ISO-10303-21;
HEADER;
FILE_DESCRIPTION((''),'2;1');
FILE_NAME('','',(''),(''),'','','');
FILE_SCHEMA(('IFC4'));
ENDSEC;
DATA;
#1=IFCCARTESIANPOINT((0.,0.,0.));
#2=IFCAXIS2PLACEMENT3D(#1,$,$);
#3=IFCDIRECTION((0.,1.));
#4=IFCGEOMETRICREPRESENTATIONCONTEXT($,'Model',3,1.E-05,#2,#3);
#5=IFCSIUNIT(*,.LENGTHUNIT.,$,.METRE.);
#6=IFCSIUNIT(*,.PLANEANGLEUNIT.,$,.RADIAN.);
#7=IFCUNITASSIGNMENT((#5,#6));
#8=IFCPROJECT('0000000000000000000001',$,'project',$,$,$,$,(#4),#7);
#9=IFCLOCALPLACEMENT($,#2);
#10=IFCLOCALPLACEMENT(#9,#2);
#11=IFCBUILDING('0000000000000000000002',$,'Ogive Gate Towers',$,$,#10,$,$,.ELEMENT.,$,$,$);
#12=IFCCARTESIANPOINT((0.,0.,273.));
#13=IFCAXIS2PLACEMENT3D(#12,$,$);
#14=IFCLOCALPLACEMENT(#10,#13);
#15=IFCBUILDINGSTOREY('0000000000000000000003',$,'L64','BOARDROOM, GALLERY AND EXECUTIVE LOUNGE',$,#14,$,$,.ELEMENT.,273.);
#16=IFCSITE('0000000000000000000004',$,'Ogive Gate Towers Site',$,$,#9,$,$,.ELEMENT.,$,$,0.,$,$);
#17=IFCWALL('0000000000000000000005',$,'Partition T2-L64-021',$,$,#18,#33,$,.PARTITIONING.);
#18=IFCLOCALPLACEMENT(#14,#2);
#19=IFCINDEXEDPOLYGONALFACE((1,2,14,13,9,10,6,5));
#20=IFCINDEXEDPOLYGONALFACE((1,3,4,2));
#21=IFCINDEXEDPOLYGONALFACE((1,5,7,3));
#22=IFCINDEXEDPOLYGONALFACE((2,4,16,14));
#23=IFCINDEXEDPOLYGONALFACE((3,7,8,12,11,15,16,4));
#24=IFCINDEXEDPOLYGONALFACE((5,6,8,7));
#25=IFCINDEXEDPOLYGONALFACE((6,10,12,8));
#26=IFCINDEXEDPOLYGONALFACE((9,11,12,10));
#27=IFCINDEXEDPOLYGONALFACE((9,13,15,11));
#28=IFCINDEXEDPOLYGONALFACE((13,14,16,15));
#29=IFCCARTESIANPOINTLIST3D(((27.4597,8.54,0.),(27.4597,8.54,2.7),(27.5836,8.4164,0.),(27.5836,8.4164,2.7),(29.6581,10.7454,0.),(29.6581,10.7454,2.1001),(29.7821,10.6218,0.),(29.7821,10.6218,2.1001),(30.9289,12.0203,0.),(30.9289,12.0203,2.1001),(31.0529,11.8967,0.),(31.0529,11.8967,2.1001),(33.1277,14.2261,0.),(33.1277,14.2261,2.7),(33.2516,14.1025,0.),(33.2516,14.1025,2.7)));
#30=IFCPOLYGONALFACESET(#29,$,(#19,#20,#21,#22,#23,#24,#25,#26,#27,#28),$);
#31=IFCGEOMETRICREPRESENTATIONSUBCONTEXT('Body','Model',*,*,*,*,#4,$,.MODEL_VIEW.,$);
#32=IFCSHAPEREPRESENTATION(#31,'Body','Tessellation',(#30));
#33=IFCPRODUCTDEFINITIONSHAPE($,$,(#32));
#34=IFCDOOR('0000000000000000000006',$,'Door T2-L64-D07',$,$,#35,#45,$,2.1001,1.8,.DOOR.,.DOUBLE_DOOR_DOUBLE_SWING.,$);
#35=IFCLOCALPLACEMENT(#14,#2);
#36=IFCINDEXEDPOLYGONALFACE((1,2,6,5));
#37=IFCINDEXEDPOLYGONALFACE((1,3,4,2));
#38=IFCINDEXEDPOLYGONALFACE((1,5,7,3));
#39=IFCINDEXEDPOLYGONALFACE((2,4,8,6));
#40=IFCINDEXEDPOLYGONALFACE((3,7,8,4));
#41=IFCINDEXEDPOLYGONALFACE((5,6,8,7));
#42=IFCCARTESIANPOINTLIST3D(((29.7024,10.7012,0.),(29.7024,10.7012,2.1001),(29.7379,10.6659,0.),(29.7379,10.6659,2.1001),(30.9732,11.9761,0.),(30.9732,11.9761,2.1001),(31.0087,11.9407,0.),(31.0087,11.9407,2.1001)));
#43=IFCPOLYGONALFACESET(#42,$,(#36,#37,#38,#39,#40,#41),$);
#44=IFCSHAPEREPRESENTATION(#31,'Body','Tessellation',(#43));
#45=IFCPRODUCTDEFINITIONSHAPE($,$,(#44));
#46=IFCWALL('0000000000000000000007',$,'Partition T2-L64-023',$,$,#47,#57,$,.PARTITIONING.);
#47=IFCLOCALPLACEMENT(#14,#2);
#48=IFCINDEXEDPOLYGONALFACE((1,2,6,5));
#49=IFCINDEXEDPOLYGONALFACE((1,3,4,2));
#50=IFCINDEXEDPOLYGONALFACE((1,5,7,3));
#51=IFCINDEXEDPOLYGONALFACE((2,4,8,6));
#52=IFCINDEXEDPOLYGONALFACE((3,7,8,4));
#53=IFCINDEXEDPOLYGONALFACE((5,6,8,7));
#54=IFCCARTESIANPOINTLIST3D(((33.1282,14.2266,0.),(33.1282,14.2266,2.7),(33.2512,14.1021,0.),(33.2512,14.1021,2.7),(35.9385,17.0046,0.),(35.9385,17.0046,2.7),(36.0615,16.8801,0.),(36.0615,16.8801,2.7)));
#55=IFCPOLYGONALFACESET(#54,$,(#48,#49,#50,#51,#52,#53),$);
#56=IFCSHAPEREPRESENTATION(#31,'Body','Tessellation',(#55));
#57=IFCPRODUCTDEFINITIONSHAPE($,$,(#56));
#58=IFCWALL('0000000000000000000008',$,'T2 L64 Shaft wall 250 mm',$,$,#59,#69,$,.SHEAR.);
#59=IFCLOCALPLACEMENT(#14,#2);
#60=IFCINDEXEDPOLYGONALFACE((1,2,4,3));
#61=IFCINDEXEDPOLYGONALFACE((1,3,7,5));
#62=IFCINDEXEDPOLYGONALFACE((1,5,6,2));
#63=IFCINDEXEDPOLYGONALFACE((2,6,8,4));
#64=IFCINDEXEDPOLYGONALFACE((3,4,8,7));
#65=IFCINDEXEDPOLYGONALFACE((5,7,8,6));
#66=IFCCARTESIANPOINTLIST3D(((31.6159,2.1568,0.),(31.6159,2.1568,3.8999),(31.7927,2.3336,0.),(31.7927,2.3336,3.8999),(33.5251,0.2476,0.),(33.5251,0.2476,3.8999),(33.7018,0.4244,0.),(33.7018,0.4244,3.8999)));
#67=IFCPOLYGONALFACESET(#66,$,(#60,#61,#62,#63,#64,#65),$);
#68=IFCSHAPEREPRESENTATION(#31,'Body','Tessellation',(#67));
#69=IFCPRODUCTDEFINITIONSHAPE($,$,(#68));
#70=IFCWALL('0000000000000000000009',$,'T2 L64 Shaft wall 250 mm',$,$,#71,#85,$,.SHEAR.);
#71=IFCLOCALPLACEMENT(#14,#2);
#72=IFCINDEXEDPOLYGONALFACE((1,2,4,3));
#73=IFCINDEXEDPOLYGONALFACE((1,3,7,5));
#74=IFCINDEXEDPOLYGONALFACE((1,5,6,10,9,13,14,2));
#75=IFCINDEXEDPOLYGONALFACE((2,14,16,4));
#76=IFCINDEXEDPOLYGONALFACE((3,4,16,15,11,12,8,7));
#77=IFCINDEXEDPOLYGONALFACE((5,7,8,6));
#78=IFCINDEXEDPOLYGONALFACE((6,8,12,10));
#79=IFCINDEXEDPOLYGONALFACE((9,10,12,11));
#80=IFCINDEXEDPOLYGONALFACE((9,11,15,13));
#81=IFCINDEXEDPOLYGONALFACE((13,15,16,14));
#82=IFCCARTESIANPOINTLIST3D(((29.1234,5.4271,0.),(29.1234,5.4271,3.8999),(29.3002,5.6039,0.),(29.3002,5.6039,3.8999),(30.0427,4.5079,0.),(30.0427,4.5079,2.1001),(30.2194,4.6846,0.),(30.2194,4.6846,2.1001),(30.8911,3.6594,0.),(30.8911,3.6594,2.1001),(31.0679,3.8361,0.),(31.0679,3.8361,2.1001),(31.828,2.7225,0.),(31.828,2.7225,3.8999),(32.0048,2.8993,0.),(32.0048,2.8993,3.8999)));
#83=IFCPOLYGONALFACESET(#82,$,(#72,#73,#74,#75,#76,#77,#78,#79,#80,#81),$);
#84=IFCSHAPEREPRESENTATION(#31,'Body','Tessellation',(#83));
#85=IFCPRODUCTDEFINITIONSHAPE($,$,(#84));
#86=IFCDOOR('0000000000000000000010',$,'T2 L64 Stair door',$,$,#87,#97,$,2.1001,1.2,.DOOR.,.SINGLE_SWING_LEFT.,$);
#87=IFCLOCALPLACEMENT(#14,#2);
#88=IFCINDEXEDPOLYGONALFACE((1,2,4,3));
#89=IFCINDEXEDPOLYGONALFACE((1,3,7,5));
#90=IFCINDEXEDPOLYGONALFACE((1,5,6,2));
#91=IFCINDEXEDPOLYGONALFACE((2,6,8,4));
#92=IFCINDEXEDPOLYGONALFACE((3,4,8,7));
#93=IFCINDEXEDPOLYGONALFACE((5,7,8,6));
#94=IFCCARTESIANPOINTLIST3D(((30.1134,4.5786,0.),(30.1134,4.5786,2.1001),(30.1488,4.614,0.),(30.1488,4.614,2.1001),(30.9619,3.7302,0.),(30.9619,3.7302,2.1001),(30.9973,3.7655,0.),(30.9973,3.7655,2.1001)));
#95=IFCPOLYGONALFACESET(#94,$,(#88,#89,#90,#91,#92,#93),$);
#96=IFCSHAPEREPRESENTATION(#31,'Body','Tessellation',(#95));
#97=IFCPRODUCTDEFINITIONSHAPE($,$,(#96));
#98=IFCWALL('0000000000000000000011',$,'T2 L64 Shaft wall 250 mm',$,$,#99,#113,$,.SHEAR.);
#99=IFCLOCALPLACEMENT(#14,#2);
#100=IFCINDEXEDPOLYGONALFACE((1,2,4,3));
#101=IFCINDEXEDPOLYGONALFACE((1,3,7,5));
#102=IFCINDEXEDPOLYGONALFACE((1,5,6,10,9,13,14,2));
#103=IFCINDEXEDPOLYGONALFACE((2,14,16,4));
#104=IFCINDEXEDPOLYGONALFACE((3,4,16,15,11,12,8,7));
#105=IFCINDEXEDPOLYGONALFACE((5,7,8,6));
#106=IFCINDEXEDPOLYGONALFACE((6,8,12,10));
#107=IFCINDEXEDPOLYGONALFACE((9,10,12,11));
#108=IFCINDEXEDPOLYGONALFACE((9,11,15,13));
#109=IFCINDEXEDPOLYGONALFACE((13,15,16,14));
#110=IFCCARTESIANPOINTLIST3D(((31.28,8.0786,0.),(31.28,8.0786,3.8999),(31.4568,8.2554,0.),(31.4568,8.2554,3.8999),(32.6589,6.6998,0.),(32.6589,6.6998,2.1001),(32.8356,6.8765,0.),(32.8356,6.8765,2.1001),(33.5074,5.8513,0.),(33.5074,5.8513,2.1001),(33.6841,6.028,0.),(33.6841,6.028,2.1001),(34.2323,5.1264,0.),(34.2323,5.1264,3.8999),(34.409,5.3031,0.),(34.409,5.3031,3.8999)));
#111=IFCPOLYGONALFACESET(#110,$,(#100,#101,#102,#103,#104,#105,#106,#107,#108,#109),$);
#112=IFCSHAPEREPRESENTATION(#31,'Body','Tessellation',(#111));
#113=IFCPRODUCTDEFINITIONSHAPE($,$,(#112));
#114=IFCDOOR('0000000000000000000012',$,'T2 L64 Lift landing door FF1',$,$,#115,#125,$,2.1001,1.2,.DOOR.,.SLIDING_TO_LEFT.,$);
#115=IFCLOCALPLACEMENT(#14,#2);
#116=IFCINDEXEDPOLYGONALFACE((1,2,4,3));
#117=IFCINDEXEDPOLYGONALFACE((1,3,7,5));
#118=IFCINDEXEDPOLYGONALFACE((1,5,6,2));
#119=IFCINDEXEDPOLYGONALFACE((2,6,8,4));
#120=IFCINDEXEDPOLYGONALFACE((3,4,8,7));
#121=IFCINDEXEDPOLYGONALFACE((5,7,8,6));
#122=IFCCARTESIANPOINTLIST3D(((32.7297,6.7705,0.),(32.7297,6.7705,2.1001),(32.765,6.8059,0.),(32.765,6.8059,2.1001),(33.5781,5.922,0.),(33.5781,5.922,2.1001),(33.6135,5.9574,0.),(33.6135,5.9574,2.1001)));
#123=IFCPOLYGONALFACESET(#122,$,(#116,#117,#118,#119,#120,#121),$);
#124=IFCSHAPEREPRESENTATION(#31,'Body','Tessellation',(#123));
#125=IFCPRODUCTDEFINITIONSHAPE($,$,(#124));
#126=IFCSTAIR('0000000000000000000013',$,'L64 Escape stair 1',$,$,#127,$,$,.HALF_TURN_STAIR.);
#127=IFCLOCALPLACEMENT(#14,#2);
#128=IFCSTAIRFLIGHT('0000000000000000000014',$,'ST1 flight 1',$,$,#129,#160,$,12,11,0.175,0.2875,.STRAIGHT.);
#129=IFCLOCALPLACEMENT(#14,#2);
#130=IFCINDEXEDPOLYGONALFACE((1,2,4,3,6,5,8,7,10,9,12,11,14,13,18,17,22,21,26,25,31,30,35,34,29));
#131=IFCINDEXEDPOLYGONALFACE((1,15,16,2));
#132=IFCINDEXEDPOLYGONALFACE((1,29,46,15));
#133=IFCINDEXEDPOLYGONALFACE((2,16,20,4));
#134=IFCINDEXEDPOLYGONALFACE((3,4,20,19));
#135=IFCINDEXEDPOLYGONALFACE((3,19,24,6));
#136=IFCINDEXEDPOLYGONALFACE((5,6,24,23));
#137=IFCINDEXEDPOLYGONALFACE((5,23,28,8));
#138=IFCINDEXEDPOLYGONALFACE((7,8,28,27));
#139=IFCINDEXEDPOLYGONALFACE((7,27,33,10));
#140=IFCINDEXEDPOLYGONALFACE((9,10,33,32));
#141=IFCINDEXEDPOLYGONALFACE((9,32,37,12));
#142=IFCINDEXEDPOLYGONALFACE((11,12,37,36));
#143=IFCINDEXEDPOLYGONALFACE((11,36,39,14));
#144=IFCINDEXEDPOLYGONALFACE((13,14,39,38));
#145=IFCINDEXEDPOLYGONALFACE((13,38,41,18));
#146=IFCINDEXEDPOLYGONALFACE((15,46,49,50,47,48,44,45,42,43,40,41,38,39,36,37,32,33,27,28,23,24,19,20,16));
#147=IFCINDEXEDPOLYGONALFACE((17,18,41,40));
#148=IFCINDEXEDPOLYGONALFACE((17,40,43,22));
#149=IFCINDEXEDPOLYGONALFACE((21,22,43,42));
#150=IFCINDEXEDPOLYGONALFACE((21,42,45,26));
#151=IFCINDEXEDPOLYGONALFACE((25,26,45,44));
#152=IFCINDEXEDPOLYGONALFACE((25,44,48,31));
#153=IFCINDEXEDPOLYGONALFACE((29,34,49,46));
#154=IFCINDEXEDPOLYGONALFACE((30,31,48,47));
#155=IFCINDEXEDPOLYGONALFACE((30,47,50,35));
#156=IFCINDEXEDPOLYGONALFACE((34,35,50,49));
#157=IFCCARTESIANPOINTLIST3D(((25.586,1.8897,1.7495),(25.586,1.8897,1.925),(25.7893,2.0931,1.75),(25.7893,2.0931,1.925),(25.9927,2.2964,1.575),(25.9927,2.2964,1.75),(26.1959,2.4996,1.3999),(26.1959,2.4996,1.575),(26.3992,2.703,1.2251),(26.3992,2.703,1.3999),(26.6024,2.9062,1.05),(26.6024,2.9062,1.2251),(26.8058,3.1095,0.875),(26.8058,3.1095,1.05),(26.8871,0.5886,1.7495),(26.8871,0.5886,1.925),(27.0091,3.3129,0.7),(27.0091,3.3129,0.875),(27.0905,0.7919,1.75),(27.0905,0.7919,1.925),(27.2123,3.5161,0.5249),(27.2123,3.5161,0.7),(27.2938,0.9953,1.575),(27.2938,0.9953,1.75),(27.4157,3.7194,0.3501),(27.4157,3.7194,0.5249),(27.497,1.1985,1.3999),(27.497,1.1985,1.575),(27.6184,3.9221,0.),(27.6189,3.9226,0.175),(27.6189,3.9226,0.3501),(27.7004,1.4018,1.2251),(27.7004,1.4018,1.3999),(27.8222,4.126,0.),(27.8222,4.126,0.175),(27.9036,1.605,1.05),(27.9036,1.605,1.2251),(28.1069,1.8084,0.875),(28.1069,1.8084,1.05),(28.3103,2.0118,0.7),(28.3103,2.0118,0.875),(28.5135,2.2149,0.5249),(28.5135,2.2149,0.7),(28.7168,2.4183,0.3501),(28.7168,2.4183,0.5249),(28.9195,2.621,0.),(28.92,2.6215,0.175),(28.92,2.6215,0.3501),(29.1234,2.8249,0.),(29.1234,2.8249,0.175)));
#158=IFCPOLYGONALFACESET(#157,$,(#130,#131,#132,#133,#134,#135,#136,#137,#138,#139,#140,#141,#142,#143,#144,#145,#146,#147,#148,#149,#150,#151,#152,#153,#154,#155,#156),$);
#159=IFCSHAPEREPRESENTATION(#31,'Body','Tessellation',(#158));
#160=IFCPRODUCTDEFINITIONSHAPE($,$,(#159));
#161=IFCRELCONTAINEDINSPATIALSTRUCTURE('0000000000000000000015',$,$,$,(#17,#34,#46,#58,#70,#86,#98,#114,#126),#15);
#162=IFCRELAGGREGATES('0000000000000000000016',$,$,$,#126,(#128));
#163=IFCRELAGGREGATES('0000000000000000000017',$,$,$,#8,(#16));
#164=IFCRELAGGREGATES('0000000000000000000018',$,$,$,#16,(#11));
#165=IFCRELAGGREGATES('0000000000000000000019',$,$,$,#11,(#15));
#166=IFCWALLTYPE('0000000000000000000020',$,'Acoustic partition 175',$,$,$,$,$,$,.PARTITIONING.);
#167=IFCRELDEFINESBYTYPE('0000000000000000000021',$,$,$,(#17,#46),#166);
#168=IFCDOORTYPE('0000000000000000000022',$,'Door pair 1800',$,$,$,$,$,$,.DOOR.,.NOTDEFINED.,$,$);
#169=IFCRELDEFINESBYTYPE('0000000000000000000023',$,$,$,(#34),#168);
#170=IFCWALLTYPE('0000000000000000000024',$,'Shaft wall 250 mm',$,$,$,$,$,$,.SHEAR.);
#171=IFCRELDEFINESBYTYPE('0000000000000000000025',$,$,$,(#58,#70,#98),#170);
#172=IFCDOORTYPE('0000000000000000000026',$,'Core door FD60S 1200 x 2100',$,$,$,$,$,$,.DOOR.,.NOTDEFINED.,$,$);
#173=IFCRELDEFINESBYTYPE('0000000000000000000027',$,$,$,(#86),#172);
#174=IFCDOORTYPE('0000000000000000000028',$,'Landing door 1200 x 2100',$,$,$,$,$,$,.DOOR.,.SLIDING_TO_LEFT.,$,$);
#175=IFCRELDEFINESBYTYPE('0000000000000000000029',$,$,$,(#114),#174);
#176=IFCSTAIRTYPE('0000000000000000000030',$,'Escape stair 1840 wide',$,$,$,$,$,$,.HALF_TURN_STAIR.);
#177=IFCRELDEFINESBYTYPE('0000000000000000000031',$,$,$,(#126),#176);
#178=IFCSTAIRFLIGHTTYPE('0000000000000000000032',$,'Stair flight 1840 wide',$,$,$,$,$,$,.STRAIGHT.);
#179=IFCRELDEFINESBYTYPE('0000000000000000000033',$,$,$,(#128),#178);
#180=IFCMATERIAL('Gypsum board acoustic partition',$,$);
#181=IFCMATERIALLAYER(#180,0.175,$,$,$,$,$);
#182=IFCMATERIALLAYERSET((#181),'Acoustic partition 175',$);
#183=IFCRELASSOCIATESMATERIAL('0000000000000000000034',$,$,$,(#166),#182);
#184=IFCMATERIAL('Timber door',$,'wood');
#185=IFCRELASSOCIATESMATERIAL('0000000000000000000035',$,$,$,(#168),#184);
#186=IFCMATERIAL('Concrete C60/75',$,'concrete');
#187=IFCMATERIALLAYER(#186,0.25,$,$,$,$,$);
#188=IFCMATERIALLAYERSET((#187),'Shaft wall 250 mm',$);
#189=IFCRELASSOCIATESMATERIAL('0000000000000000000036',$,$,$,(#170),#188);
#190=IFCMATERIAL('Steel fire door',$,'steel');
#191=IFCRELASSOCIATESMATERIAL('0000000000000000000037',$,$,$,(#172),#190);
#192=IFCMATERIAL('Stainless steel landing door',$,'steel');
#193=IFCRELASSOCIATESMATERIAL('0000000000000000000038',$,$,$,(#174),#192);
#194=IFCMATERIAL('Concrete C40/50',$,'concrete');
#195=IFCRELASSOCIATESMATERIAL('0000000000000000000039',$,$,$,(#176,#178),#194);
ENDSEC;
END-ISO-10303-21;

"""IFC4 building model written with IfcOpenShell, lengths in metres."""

from ifc_helpers import new_model, si_unit, direction, frame, frame_2d, origin, place, context, subcontext, project, spatial, polyline, rectangle, outline, extrude, material, layer, layer_set, type_object, element, fill, aggregate, save


model = new_model("IFC4")

# Units and contexts
model_context = context("Model", 3, precision=1e-05, world=origin(), true_north=direction((0.0, 1.0)))
body_context = subcontext(model_context, "Body", "Model", "MODEL_VIEW")
ifc_project = project(units=[si_unit("LENGTHUNIT", "METRE"), si_unit("PLANEANGLEUNIT", "RADIAN")], contexts=[model_context])

# Site, building, storey
site_placement = place(None, origin())
site = spatial("IfcSite", under=ifc_project, at=site_placement, Name="Ogive Gate Towers Site", CompositionType="ELEMENT", RefElevation=0.0)
building_placement = place(site_placement, origin())
building = spatial("IfcBuilding", under=site, at=building_placement, Name="Ogive Gate Towers", CompositionType="ELEMENT")
storey_placement = place(building_placement, frame((0.0, 0.0, 273.0)))
storey = spatial("IfcBuildingStorey", under=building, at=storey_placement, Name="L64", Description="BOARDROOM, GALLERY AND EXECUTIVE LOUNGE", CompositionType="ELEMENT", Elevation=273.0)

# Shared definitions
ifc_material_1 = material(Name="Concrete C40/50", Category="concrete")

# Shared definitions
ifc_material_2 = material(Name="Gypsum board acoustic partition")
ifc_layer_1 = layer(ifc_material_2, 0.175)
ifc_layer_set_1 = layer_set([ifc_layer_1], Name="Acoustic partition 175")
wall_type_1 = type_object("IfcWallType", Name="Acoustic partition 175", PredefinedType="PARTITIONING", material=ifc_layer_set_1)

# Wall, opening, door
wall_1_placement = place(storey_placement, frame((27.5217, 8.4783, 0.0), z_axis=(0.0, 0.0, 1.0), x_axis=(0.705981, 0.708231, 0.0)))
wall_1 = element("IfcWall", 1, at=wall_1_placement, inside=storey, type_object=wall_type_1, Name="Partition T2-L64-021", PredefinedType="PARTITIONING", context=body_context, shape_type="SweptSolid", body=[
    extrude(rectangle(XDim=8.0286, YDim=0.175, at=frame_2d((4.0142, 0.0))), origin(), (0.0, 0.0, 1.0), 2.7),
])
opening_1_placement = place(wall_1_placement, frame((3.114, 0.0, 0.0)))
opening_1 = element("IfcOpeningElement", 2, at=opening_1_placement, cuts=wall_1, PredefinedType="OPENING", context=body_context, shape_type="SweptSolid", body=[
    extrude(rectangle(XDim=1.8, YDim=2.1001, at=frame_2d((0.8999, 1.05))), frame((0.0, 0.0977, 0.0), z_axis=(0.0, -1.0, 0.0), x_axis=(1.0, 0.0, 0.0)), (0.0, 0.0, 1.0), 0.1951),
])
ifc_material_3 = material(Name="Timber door", Category="wood")
door_type_1 = type_object("IfcDoorType", Name="Door pair 1800", OperationType="NOTDEFINED", PredefinedType="DOOR", material=ifc_material_3)
door_1_placement = place(opening_1_placement, origin())
door_1 = element("IfcDoor", 3, at=door_1_placement, inside=storey, type_object=door_type_1, Name="Door T2-L64-D07", OperationType="DOUBLE_DOOR_DOUBLE_SWING", OverallHeight=2.1001, OverallWidth=1.8, PredefinedType="DOOR", context=body_context, shape_type="SweptSolid", body=[
    extrude(rectangle(XDim=1.8, YDim=2.1001, at=frame_2d((0.8999, 1.05))), frame((0.0, 0.0249, 0.0), z_axis=(0.0, -1.0, 0.0), x_axis=(1.0, 0.0, 0.0)), (0.0, 0.0, 1.0), 0.05),
])
fill(opening_1, door_1)

# Walls
wall_2_placement = place(storey_placement, frame((33.1897, 14.1643, 0.0), z_axis=(0.0, 0.0, 1.0), x_axis=(0.711173, 0.703017, 0.0)))
element("IfcWall", 4, at=wall_2_placement, inside=storey, type_object=wall_type_1, Name="Partition T2-L64-023", PredefinedType="PARTITIONING", context=body_context, shape_type="SweptSolid", body=[
    extrude(rectangle(XDim=3.9517, YDim=0.175, at=frame_2d((1.9758, 0.0))), origin(), (0.0, 0.0, 1.0), 2.7),
])
ifc_material_4 = material(Name="Concrete C60/75", Category="concrete")
ifc_layer_2 = layer(ifc_material_4, 0.25)
ifc_layer_set_2 = layer_set([ifc_layer_2], Name="Shaft wall 250 mm")
wall_type_2 = type_object("IfcWallType", Name="Shaft wall 250 mm", PredefinedType="SHEAR", material=ifc_layer_set_2)
wall_3_placement = place(storey_placement, frame((33.6135, 0.3359, 0.0), z_axis=(0.0, 0.0, 1.0), x_axis=(-0.707107, 0.707107, 0.0)))
element("IfcWall", 5, at=wall_3_placement, inside=storey, type_object=wall_type_2, Name="T2 L64 Shaft wall 250 mm", PredefinedType="SHEAR", context=body_context, shape_type="SweptSolid", body=[
    extrude(rectangle(XDim=2.7, YDim=0.25, at=frame_2d((1.3501, 0.0))), origin(), (0.0, 0.0, 1.0), 3.8999),
])

# Walls, openings, doors
wall_4_placement = place(storey_placement, frame((31.9165, 2.8108, 0.0), z_axis=(0.0, 0.0, 1.0), x_axis=(-0.707107, 0.707107, 0.0)))
wall_4 = element("IfcWall", 6, at=wall_4_placement, inside=storey, type_object=wall_type_2, Name="T2 L64 Shaft wall 250 mm", PredefinedType="SHEAR", context=body_context, shape_type="SweptSolid", body=[
    extrude(rectangle(XDim=3.825, YDim=0.25, at=frame_2d((1.9126, 0.0))), origin(), (0.0, 0.0, 1.0), 3.8999),
])
opening_2_placement = place(wall_4_placement, frame((1.325, 0.0, 0.0)))
opening_2 = element("IfcOpeningElement", 7, at=opening_2_placement, cuts=wall_4, PredefinedType="OPENING", context=body_context, shape_type="SweptSolid", body=[
    extrude(rectangle(XDim=1.2, YDim=2.1001, at=frame_2d((0.6001, 1.05))), frame((0.0, 0.135, 0.0), z_axis=(0.0, -1.0, 0.0), x_axis=(1.0, 0.0, 0.0)), (0.0, 0.0, 1.0), 0.27),
])
ifc_material_5 = material(Name="Steel fire door", Category="steel")
door_type_2 = type_object("IfcDoorType", Name="Core door FD60S 1200 x 2100", OperationType="NOTDEFINED", PredefinedType="DOOR", material=ifc_material_5)
door_2_placement = place(opening_2_placement, origin())
door_2 = element("IfcDoor", 8, at=door_2_placement, inside=storey, type_object=door_type_2, Name="T2 L64 Stair door", OperationType="SINGLE_SWING_LEFT", OverallHeight=2.1001, OverallWidth=1.2, PredefinedType="DOOR", context=body_context, shape_type="SweptSolid", body=[
    extrude(rectangle(XDim=1.2, YDim=2.1001, at=frame_2d((0.6001, 1.05))), frame((0.0, 0.0249, 0.0), z_axis=(0.0, -1.0, 0.0), x_axis=(1.0, 0.0, 0.0)), (0.0, 0.0, 1.0), 0.05),
])
fill(opening_2, door_2)
wall_5_placement = place(storey_placement, frame((34.3206, 5.2148, 0.0), z_axis=(0.0, 0.0, 1.0), x_axis=(-0.707107, 0.707107, 0.0)))
wall_5 = element("IfcWall", 9, at=wall_5_placement, inside=storey, type_object=wall_type_2, Name="T2 L64 Shaft wall 250 mm", PredefinedType="SHEAR", context=body_context, shape_type="SweptSolid", body=[
    extrude(rectangle(XDim=4.175, YDim=0.25, at=frame_2d((2.0874, 0.0))), origin(), (0.0, 0.0, 1.0), 3.8999),
])
opening_3_placement = place(wall_5_placement, frame((1.0249, 0.0, 0.0)))
opening_3 = element("IfcOpeningElement", 10, at=opening_3_placement, cuts=wall_5, PredefinedType="OPENING", context=body_context, shape_type="SweptSolid", body=[
    extrude(rectangle(XDim=1.2, YDim=2.1001, at=frame_2d((0.6001, 1.05))), frame((0.0, 0.135, 0.0), z_axis=(0.0, -1.0, 0.0), x_axis=(1.0, 0.0, 0.0)), (0.0, 0.0, 1.0), 0.27),
])
ifc_material_6 = material(Name="Stainless steel landing door", Category="steel")
door_type_3 = type_object("IfcDoorType", Name="Landing door 1200 x 2100", OperationType="SLIDING_TO_LEFT", PredefinedType="DOOR", material=ifc_material_6)
door_3_placement = place(opening_3_placement, origin())
door_3 = element("IfcDoor", 11, at=door_3_placement, inside=storey, type_object=door_type_3, Name="T2 L64 Lift landing door FF1", OperationType="SLIDING_TO_LEFT", OverallHeight=2.1001, OverallWidth=1.2, PredefinedType="DOOR", context=body_context, shape_type="SweptSolid", body=[
    extrude(rectangle(XDim=1.2, YDim=2.1001, at=frame_2d((0.6001, 1.05))), frame((0.0, 0.0249, 0.0), z_axis=(0.0, -1.0, 0.0), x_axis=(1.0, 0.0, 0.0)), (0.0, 0.0, 1.0), 0.05),
])
fill(opening_3, door_3)

# Stair, stair flight
stair_type = type_object("IfcStairType", Name="Escape stair 1840 wide", PredefinedType="HALF_TURN_STAIR", material=ifc_material_1)
stair_placement = place(storey_placement, origin())
stair = element("IfcStair", 12, at=stair_placement, inside=storey, type_object=stair_type, Name="L64 Escape stair 1", PredefinedType="HALF_TURN_STAIR")
stair_flight_type = type_object("IfcStairFlightType", Name="Stair flight 1840 wide", PredefinedType="STRAIGHT", material=ifc_material_1)
stair_flight_placement = place(storey_placement, frame((28.4729, 3.4753, 0.0), z_axis=(0.0, 0.0, 1.0), x_axis=(-0.707107, -0.707107, 0.0)))
stair_flight = element("IfcStairFlight", 13, at=stair_flight_placement, type_object=stair_flight_type, Name="ST1 flight 1", NumberOfRisers=12, NumberOfTreads=11, PredefinedType="STRAIGHT", RiserHeight=0.175, TreadLength=0.2875, context=body_context, shape_type="SweptSolid", body=[
    extrude(outline(polyline([(0.0, 0.0), (0.0, 0.175), (0.2876, 0.175), (0.2876, 0.3501), (0.575, 0.3501), (0.575, 0.5249), (0.8625, 0.5249), (0.8625, 0.7), (1.1499, 0.7), (1.1499, 0.875), (1.4375, 0.875), (1.4375, 1.05), (1.7251, 1.05), (1.7251, 1.2251), (2.0125, 1.2251), (2.0125, 1.3999), (2.3, 1.3999), (2.3, 1.575), (2.5874, 1.575), (2.5874, 1.75), (2.875, 1.75), (2.875, 1.925), (3.1626, 1.925), (3.1626, 2.1001), (3.1626, 1.7495), (0.2883, 0.0), (0.0, 0.0)])), frame((0.0, 0.9199, 0.0), z_axis=(0.0, -1.0, 0.0), x_axis=(1.0, 0.0, 0.0)), (0.0, 0.0, 1.0), 1.8401),
])
aggregate(stair, [stair_flight])

save(model, "model.ifc")
